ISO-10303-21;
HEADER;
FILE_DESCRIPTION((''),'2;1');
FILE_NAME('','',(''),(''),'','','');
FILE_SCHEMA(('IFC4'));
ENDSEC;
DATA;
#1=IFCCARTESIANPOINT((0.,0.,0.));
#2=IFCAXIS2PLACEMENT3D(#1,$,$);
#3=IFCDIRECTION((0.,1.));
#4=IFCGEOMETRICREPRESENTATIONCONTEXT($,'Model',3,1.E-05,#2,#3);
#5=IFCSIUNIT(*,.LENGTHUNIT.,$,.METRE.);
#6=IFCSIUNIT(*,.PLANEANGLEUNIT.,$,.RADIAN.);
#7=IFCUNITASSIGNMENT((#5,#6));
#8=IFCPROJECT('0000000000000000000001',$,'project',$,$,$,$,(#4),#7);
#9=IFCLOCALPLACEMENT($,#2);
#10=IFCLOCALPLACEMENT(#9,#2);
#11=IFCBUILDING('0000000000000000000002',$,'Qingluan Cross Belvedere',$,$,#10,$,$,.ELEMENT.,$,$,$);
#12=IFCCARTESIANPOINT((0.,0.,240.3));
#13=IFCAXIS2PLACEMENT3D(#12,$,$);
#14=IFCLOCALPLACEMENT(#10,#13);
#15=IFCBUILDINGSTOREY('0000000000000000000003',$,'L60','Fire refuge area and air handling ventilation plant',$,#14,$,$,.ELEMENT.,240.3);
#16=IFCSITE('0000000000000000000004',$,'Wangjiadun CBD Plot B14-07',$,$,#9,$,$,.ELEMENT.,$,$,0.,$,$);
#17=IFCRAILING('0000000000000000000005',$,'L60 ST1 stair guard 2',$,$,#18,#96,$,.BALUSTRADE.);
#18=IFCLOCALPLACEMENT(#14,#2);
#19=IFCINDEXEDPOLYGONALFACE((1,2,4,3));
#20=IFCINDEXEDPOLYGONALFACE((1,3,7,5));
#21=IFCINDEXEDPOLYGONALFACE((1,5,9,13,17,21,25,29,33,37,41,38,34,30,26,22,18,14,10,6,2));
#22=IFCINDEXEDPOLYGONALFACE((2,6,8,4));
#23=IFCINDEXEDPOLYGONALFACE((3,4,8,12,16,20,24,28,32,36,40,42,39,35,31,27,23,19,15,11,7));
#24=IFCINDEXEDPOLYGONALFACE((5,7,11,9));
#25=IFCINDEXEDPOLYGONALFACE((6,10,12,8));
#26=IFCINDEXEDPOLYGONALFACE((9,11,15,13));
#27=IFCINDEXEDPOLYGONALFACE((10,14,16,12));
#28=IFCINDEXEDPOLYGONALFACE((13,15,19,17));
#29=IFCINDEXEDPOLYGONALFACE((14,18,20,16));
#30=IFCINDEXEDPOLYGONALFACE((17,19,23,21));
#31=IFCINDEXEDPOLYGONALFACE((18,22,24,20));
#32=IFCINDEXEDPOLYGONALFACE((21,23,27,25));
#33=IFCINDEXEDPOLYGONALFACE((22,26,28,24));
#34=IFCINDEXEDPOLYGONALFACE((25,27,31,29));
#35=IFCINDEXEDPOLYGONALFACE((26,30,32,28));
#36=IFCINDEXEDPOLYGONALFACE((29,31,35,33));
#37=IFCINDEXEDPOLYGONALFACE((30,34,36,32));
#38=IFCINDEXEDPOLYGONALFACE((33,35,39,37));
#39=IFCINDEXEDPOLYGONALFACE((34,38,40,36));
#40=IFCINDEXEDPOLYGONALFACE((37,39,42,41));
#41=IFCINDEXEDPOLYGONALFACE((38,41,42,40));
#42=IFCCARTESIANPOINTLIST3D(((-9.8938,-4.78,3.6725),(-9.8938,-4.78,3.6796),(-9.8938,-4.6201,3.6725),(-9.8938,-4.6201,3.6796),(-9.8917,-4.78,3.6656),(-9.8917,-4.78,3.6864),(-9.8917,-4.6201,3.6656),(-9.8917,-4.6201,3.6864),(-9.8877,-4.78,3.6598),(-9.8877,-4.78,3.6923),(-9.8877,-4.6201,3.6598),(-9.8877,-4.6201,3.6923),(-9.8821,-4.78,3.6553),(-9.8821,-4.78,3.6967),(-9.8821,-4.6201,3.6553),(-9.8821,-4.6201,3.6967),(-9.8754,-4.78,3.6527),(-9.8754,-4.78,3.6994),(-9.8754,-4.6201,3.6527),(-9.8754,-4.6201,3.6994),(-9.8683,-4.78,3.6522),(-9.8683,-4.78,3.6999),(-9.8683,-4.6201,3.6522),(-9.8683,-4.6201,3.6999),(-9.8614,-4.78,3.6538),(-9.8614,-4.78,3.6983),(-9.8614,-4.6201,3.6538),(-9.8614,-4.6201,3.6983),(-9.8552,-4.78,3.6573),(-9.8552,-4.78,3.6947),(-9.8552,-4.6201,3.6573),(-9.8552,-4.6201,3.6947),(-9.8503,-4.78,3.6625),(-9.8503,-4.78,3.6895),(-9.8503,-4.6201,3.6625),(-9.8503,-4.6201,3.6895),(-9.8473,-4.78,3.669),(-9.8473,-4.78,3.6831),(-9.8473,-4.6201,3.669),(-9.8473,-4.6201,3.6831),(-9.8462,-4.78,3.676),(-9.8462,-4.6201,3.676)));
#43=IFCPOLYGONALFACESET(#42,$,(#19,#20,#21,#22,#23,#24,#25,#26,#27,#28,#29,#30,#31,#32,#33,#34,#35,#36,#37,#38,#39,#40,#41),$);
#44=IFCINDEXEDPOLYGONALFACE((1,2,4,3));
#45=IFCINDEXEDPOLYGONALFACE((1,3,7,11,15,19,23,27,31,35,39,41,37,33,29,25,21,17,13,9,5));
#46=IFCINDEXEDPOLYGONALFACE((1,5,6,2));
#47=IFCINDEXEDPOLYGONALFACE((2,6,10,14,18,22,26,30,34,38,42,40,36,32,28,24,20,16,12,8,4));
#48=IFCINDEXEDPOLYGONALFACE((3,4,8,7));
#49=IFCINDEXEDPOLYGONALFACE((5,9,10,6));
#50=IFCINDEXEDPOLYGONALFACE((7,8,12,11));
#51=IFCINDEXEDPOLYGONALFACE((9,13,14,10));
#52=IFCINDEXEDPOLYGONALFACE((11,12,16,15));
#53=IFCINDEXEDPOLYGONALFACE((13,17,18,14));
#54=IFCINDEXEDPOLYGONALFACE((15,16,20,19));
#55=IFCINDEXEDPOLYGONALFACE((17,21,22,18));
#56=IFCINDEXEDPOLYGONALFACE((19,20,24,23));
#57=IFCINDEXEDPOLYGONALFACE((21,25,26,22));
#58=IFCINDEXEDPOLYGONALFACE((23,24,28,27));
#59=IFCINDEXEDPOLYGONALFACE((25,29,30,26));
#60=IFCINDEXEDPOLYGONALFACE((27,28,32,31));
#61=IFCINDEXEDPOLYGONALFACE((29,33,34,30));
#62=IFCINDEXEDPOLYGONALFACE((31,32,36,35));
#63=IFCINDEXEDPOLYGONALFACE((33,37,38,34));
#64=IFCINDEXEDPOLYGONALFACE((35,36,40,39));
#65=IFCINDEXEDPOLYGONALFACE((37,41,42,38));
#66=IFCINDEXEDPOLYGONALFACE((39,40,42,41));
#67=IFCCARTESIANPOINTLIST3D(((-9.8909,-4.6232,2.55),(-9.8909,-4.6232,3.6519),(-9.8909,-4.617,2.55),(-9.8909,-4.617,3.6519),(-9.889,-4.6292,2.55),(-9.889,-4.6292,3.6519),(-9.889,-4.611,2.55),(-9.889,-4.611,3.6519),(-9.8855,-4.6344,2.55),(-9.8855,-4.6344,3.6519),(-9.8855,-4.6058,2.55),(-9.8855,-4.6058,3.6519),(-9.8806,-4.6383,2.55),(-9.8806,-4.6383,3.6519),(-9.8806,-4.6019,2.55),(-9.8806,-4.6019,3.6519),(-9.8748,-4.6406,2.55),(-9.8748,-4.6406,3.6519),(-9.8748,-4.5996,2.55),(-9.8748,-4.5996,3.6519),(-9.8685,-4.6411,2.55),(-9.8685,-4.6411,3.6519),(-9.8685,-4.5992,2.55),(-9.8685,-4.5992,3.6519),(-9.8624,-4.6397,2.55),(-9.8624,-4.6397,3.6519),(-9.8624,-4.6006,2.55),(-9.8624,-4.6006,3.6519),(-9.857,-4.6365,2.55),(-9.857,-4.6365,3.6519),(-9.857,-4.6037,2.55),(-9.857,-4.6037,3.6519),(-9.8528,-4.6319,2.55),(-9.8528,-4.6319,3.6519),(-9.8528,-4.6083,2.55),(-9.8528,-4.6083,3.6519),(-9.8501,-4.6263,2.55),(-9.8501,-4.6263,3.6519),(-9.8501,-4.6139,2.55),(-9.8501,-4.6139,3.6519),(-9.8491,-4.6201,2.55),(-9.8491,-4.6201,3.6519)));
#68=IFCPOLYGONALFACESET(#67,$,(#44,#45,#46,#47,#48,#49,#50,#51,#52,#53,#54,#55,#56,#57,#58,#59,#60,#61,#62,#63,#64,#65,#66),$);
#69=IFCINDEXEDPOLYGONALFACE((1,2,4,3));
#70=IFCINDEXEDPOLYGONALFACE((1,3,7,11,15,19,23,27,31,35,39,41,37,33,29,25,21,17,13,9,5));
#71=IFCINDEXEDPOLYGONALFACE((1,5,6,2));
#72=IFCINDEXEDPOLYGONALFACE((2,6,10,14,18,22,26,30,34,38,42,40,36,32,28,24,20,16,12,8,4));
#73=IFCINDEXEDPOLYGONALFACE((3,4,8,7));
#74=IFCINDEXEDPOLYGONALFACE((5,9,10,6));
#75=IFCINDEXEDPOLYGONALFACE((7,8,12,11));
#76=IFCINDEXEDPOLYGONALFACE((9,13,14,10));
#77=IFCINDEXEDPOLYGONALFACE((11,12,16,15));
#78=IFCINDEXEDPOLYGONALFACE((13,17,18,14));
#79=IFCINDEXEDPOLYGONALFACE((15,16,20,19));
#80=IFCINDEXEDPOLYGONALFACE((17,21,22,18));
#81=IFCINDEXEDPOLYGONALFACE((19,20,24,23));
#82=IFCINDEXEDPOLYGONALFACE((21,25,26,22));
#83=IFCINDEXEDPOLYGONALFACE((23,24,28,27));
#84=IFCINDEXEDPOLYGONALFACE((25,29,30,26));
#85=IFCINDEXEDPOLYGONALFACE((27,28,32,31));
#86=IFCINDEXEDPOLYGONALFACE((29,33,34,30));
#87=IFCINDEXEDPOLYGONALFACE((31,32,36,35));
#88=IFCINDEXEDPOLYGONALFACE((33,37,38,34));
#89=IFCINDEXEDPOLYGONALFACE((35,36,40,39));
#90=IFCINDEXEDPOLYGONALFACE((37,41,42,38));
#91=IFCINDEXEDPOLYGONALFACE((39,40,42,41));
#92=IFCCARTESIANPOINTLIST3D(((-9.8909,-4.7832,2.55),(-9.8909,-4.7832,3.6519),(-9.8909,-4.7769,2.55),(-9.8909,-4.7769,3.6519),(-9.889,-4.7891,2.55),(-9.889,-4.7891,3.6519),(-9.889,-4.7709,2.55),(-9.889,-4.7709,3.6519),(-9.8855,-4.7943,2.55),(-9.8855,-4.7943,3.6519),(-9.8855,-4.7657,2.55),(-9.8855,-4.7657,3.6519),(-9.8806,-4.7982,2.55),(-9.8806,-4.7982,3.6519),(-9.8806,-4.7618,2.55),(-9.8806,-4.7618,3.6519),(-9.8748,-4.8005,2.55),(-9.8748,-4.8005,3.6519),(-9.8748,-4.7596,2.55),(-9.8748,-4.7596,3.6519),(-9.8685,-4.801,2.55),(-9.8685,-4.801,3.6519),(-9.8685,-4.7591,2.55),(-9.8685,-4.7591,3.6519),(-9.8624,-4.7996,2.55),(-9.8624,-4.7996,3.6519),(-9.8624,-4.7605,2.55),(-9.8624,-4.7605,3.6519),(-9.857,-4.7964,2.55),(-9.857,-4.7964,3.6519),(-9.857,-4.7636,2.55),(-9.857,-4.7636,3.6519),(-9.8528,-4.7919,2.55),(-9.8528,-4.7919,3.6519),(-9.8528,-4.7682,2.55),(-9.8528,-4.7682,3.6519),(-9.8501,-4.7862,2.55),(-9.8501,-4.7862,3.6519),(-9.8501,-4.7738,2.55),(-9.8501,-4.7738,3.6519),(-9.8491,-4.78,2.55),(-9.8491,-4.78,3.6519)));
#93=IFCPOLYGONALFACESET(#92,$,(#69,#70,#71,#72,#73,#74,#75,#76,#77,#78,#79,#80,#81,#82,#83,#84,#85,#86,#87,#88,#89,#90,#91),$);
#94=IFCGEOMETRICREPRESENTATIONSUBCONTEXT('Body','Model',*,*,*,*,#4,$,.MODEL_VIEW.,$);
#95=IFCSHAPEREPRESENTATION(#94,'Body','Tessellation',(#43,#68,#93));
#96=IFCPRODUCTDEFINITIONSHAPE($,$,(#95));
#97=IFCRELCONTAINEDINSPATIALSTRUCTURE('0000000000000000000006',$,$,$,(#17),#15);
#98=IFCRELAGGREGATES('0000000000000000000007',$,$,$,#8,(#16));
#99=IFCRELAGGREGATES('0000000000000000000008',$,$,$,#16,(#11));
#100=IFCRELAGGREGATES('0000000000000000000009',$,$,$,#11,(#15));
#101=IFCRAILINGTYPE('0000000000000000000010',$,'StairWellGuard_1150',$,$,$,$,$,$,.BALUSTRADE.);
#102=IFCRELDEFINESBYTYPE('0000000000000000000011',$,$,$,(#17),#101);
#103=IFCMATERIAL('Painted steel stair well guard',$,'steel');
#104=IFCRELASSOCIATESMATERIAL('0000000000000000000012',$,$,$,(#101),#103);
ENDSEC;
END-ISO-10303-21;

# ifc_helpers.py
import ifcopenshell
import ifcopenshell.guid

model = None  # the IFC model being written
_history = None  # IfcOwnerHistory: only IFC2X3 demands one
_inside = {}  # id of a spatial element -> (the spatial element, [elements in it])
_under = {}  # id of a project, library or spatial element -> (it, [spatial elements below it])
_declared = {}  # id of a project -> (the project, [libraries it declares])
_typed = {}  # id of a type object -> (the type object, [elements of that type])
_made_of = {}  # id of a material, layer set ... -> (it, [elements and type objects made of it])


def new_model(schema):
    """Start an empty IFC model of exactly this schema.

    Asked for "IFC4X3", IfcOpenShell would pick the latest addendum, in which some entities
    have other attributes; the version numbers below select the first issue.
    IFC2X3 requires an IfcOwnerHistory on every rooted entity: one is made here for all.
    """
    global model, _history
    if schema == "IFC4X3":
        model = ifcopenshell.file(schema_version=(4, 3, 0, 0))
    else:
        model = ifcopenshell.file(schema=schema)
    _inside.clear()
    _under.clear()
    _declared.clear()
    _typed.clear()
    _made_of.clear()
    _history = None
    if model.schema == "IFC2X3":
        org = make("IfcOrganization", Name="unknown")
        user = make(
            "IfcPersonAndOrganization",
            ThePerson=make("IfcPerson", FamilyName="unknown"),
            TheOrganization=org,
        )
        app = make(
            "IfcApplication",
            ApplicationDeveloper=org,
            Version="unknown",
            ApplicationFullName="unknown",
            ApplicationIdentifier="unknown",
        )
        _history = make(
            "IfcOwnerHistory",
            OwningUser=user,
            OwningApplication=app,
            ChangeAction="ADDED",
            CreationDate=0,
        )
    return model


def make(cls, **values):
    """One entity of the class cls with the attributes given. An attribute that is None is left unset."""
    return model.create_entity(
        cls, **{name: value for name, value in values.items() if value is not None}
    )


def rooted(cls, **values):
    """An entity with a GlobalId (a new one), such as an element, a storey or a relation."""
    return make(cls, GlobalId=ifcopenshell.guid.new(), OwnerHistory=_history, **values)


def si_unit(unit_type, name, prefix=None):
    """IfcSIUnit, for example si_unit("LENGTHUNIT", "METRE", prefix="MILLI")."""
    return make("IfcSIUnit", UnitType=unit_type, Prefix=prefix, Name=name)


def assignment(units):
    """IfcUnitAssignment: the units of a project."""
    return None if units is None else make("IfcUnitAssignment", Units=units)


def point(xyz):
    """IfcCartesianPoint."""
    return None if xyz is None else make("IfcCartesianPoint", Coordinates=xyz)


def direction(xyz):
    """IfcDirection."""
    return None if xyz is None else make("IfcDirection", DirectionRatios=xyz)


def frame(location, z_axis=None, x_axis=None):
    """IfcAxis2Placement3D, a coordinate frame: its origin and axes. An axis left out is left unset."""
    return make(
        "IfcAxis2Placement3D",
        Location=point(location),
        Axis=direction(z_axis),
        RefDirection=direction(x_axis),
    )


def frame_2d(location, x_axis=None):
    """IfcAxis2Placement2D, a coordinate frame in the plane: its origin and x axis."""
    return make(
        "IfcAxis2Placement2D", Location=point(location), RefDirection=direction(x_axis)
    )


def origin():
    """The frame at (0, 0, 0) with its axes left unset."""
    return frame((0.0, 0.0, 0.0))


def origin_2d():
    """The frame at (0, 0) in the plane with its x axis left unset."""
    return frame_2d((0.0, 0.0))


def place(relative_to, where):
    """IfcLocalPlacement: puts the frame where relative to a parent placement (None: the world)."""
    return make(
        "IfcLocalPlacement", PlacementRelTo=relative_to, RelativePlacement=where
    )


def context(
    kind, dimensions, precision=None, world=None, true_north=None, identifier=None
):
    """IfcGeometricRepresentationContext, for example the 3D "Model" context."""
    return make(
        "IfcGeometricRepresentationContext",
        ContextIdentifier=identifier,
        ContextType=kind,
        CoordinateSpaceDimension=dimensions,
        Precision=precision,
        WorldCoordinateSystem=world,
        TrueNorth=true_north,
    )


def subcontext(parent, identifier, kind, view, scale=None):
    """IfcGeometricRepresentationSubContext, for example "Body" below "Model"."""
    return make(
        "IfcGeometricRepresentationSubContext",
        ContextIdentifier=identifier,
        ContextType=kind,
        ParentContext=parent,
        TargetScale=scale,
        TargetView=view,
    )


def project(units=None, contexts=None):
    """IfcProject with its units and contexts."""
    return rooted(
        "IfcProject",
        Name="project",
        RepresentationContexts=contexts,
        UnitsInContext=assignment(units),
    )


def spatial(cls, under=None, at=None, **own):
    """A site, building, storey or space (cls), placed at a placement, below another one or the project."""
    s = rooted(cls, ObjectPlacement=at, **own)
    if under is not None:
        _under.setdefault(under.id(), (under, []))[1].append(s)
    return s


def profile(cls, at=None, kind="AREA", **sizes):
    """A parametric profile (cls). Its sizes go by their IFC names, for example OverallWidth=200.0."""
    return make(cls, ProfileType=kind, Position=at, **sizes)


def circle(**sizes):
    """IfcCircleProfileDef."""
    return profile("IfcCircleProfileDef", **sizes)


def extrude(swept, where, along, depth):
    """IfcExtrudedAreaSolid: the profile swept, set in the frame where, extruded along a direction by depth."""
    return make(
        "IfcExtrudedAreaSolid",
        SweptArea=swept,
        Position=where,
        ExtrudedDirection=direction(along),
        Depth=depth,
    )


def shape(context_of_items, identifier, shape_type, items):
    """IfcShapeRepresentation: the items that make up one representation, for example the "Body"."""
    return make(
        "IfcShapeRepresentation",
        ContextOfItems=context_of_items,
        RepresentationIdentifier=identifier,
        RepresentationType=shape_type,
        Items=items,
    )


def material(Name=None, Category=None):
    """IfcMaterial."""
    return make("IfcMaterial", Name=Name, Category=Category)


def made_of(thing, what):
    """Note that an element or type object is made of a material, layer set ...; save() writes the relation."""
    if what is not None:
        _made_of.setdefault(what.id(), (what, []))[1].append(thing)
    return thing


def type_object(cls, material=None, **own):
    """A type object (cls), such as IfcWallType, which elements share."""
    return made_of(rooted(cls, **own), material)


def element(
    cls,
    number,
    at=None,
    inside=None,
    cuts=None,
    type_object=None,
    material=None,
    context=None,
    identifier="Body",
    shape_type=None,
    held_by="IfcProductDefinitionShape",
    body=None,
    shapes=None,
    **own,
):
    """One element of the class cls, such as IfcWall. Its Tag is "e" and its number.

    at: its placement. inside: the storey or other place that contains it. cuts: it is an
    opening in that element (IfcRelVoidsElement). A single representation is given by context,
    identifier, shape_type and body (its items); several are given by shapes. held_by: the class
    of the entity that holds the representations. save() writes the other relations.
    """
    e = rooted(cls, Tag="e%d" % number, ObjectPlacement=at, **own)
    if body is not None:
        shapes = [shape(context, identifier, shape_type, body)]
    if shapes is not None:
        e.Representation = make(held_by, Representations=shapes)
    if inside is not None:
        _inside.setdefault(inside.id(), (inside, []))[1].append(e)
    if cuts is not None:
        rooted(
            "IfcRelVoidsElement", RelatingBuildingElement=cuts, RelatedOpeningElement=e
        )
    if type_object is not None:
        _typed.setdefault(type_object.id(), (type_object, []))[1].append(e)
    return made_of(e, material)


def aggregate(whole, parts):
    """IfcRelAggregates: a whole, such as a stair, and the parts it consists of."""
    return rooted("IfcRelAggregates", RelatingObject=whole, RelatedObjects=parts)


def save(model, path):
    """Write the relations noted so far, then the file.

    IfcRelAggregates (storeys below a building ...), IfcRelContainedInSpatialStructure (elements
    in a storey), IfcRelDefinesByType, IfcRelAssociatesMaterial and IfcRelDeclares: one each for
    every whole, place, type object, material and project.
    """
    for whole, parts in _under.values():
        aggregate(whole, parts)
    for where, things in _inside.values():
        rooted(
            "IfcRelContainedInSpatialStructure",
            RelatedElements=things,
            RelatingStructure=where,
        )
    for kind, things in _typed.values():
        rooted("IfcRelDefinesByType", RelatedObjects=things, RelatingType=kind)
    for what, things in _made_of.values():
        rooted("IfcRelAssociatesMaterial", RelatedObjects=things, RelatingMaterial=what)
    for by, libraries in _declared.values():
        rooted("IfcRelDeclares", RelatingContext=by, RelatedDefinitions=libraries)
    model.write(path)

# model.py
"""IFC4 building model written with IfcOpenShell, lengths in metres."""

from ifc_helpers import new_model, si_unit, direction, frame, origin, origin_2d, place, context, subcontext, project, spatial, circle, extrude, material, type_object, element, save


model = new_model("IFC4")

# Units and contexts
model_context = context("Model", 3, precision=1e-05, world=origin(), true_north=direction((0.0, 1.0)))
body_context = subcontext(model_context, "Body", "Model", "MODEL_VIEW")
ifc_project = project(units=[si_unit("LENGTHUNIT", "METRE"), si_unit("PLANEANGLEUNIT", "RADIAN")], contexts=[model_context])

# Site, building, storey
site_placement = place(None, origin())
site = spatial("IfcSite", under=ifc_project, at=site_placement, Name="Wangjiadun CBD Plot B14-07", CompositionType="ELEMENT", RefElevation=0.0)
building_placement = place(site_placement, origin())
building = spatial("IfcBuilding", under=site, at=building_placement, Name="Qingluan Cross Belvedere", CompositionType="ELEMENT")
storey_placement = place(building_placement, frame((0.0, 0.0, 240.3)))
storey = spatial("IfcBuildingStorey", under=building, at=storey_placement, Name="L60", Description="Fire refuge area and air handling ventilation plant", CompositionType="ELEMENT", Elevation=240.3)

# Railing
ifc_material_1 = material(Name="Painted steel stair well guard", Category="steel")
railing_type_1 = type_object("IfcRailingType", Name="StairWellGuard_1150", PredefinedType="BALUSTRADE", material=ifc_material_1)
railing_1_placement = place(storey_placement, frame((-9.8701, -4.6201, 2.55)))
element("IfcRailing", 1, at=railing_1_placement, inside=storey, type_object=railing_type_1, Name="L60 ST1 stair guard 2", PredefinedType="BALUSTRADE", context=body_context, shape_type="SweptSolid", body=[
    extrude(circle(Radius=0.0239, at=origin_2d()), frame((0.0, 0.0, 1.126), z_axis=(0.0, -1.0, 0.0), x_axis=(1.0, 0.0, 0.0)), (0.0, 0.0, 1.0), 0.1599),
    extrude(circle(Radius=0.021, at=origin_2d()), origin(), (0.0, 0.0, 1.0), 1.1018),
    extrude(circle(Radius=0.021, at=origin_2d()), frame((0.0, -0.1599, 0.0)), (0.0, 0.0, 1.0), 1.1018),
])

save(model, "model.ifc")
